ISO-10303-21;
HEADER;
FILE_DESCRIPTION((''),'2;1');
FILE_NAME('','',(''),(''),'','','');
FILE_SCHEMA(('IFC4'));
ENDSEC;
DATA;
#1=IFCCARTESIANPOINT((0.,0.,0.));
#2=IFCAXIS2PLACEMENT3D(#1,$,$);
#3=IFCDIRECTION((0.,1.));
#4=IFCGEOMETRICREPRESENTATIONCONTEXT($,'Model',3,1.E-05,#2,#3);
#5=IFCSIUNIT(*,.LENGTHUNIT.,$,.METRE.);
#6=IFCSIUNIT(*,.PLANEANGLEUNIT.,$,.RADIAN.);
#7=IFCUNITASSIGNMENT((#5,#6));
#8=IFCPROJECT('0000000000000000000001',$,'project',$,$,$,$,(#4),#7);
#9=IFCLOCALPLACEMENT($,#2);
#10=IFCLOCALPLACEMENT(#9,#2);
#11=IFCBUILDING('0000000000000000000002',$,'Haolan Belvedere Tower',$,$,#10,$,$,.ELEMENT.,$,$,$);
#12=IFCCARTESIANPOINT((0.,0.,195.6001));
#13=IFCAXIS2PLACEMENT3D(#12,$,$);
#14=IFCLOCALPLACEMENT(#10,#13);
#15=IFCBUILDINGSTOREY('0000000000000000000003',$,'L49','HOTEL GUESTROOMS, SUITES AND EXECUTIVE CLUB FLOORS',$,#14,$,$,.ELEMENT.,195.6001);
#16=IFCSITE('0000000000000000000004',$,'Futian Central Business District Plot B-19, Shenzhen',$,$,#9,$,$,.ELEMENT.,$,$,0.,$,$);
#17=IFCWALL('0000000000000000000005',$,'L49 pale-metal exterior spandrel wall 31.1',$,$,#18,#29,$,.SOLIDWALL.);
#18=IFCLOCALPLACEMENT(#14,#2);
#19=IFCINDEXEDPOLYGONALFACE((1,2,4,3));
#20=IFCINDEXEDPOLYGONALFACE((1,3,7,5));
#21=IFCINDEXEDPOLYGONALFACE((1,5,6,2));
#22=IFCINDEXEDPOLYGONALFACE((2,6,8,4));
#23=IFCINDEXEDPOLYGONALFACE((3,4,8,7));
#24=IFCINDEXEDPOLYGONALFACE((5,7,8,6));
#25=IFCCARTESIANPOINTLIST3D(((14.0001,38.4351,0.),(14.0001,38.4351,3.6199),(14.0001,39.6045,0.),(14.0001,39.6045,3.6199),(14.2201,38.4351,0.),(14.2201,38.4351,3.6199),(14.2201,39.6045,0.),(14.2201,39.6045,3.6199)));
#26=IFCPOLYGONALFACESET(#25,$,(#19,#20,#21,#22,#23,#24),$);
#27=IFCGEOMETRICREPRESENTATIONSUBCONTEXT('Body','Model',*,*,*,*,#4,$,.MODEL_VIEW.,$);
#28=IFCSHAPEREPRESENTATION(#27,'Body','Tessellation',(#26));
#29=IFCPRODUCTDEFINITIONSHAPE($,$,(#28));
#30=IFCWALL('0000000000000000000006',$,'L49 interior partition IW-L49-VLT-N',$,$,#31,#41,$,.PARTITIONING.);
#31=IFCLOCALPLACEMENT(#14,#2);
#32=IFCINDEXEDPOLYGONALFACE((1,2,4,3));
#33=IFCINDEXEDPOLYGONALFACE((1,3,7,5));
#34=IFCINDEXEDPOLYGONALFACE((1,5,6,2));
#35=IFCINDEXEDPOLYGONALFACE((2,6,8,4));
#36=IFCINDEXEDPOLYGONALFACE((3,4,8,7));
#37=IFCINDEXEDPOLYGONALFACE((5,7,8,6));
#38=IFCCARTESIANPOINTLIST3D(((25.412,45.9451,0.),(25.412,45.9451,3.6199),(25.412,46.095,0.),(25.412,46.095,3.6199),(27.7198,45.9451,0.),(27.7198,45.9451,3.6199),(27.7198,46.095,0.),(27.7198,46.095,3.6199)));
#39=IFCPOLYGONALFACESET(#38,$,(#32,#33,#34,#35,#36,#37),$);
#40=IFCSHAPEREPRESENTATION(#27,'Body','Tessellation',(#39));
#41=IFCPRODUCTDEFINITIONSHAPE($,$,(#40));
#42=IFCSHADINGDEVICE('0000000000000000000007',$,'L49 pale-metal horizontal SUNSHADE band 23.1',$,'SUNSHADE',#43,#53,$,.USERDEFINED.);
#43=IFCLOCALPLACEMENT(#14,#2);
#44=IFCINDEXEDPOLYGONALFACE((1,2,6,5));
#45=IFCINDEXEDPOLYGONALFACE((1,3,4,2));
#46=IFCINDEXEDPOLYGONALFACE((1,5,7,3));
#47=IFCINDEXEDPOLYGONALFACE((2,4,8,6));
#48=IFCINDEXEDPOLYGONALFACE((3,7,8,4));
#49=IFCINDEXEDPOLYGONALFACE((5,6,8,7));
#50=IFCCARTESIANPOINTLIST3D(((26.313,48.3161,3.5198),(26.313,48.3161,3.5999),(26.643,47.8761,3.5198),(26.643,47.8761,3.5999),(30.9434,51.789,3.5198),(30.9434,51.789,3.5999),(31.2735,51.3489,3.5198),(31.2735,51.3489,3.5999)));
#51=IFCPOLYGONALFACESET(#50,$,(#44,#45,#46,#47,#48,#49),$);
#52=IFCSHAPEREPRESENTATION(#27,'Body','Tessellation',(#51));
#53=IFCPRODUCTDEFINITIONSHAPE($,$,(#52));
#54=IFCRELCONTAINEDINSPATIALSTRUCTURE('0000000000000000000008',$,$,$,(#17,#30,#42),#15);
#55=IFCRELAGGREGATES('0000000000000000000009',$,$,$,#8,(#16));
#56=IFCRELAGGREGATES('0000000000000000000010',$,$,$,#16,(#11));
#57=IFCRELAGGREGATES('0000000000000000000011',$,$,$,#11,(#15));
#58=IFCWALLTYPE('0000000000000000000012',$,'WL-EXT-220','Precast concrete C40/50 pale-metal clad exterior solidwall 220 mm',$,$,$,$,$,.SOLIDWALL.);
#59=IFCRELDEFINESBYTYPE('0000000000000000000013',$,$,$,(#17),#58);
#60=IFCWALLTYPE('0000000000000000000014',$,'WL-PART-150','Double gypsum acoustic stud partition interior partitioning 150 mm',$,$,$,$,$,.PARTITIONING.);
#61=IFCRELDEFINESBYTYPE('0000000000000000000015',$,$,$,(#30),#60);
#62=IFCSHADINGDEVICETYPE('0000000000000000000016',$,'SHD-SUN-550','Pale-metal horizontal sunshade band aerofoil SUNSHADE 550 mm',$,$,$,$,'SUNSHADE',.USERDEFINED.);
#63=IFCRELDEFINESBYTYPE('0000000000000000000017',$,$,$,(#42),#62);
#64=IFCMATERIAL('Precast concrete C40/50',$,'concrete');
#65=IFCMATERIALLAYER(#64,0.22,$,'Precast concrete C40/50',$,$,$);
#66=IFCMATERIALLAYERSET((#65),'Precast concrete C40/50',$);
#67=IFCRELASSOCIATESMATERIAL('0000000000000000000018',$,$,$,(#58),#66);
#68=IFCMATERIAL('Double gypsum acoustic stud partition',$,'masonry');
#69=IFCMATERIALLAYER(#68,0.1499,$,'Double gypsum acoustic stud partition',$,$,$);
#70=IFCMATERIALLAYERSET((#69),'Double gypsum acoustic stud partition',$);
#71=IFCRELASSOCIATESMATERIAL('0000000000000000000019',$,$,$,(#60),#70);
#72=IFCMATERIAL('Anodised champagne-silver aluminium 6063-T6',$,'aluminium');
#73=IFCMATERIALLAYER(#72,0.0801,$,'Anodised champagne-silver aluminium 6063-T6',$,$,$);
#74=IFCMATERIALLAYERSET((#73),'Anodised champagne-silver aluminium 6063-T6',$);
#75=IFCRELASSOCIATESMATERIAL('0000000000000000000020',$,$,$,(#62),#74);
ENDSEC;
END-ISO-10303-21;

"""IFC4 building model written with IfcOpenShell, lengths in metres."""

from ifc_helpers import new_model, si_unit, direction, frame, frame_2d, origin, origin_2d, place, context, subcontext, project, spatial, rectangle, extrude, material, layer, layer_set, type_object, element, save


model = new_model("IFC4")

# Units and contexts
model_context = context("Model", 3, precision=1e-05, world=origin(), true_north=direction((0.0, 1.0)))
body_context = subcontext(model_context, "Body", "Model", "MODEL_VIEW")
ifc_project = project(units=[si_unit("LENGTHUNIT", "METRE"), si_unit("PLANEANGLEUNIT", "RADIAN")], contexts=[model_context])

# Site, building, storey
site_placement = place(None, origin())
site = spatial("IfcSite", under=ifc_project, at=site_placement, Name="Futian Central Business District Plot B-19, Shenzhen", CompositionType="ELEMENT", RefElevation=0.0)
building_placement = place(site_placement, origin())
building = spatial("IfcBuilding", under=site, at=building_placement, Name="Haolan Belvedere Tower", CompositionType="ELEMENT")
storey_placement = place(building_placement, frame((0.0, 0.0, 195.6001)))
storey = spatial("IfcBuildingStorey", under=building, at=storey_placement, Name="L49", Description="HOTEL GUESTROOMS, SUITES AND EXECUTIVE CLUB FLOORS", CompositionType="ELEMENT", Elevation=195.6001)

# Shared definitions
ifc_material_1 = material(Name="Precast concrete C40/50", Category="concrete")
ifc_layer_1 = layer(ifc_material_1, 0.22, Name="Precast concrete C40/50")
ifc_layer_set_1 = layer_set([ifc_layer_1], Name="Precast concrete C40/50")
wall_type_1 = type_object("IfcWallType", Name="WL-EXT-220", Description="Precast concrete C40/50 pale-metal clad exterior solidwall 220 mm", PredefinedType="SOLIDWALL", material=ifc_layer_set_1)

# Walls
wall_1_placement = place(storey_placement, frame((14.1101, 39.6045, 0.0), z_axis=(0.0, 0.0, 1.0), x_axis=(0.0, -1.0, 0.0)))
element("IfcWall", 1, at=wall_1_placement, inside=storey, type_object=wall_type_1, Name="L49 pale-metal exterior spandrel wall 31.1", PredefinedType="SOLIDWALL", context=body_context, shape_type="SweptSolid", body=[
    extrude(rectangle(XDim=1.1694, YDim=0.22, at=frame_2d((0.5847, 0.0))), origin(), (0.0, 0.0, 1.0), 3.6199),
])
ifc_material_2 = material(Name="Double gypsum acoustic stud partition", Category="masonry")
ifc_layer_2 = layer(ifc_material_2, 0.1499, Name="Double gypsum acoustic stud partition")
ifc_layer_set_2 = layer_set([ifc_layer_2], Name="Double gypsum acoustic stud partition")
wall_type_2 = type_object("IfcWallType", Name="WL-PART-150", Description="Double gypsum acoustic stud partition interior partitioning 150 mm", PredefinedType="PARTITIONING", material=ifc_layer_set_2)
wall_2_placement = place(storey_placement, frame((25.4121, 46.02, 0.0), z_axis=(0.0, 0.0, 1.0), x_axis=(1.0, 0.0, 0.0)))
element("IfcWall", 2, at=wall_2_placement, inside=storey, type_object=wall_type_2, Name="L49 interior partition IW-L49-VLT-N", PredefinedType="PARTITIONING", context=body_context, shape_type="SweptSolid", body=[
    extrude(rectangle(XDim=2.3079, YDim=0.1499, at=frame_2d((1.1538, 0.0))), origin(), (0.0, 0.0, 1.0), 3.6199),
])

# Shading device
ifc_material_3 = material(Name="Anodised champagne-silver aluminium 6063-T6", Category="aluminium")
ifc_layer_3 = layer(ifc_material_3, 0.0801, Name="Anodised champagne-silver aluminium 6063-T6")
ifc_layer_set_3 = layer_set([ifc_layer_3], Name="Anodised champagne-silver aluminium 6063-T6")
shading_device_type = type_object("IfcShadingDeviceType", Name="SHD-SUN-550", Description="Pale-metal horizontal sunshade band aerofoil SUNSHADE 550 mm", ElementType="SUNSHADE", PredefinedType="USERDEFINED", material=ifc_layer_set_3)
shading_device_placement = place(storey_placement, frame((28.7932, 49.8325, 3.5198), z_axis=(0.0, 0.0, 1.0), x_axis=(-0.799999, -0.600001, 0.0)))
element("IfcShadingDevice", 3, at=shading_device_placement, inside=storey, type_object=shading_device_type, Name="L49 pale-metal horizontal SUNSHADE band 23.1", ObjectType="SUNSHADE", PredefinedType="USERDEFINED", context=body_context, shape_type="SweptSolid", body=[
    extrude(rectangle(XDim=5.7881, YDim=0.55, at=origin_2d()), origin(), (0.0, 0.0, 1.0), 0.0801),
])

save(model, "model.ifc")
